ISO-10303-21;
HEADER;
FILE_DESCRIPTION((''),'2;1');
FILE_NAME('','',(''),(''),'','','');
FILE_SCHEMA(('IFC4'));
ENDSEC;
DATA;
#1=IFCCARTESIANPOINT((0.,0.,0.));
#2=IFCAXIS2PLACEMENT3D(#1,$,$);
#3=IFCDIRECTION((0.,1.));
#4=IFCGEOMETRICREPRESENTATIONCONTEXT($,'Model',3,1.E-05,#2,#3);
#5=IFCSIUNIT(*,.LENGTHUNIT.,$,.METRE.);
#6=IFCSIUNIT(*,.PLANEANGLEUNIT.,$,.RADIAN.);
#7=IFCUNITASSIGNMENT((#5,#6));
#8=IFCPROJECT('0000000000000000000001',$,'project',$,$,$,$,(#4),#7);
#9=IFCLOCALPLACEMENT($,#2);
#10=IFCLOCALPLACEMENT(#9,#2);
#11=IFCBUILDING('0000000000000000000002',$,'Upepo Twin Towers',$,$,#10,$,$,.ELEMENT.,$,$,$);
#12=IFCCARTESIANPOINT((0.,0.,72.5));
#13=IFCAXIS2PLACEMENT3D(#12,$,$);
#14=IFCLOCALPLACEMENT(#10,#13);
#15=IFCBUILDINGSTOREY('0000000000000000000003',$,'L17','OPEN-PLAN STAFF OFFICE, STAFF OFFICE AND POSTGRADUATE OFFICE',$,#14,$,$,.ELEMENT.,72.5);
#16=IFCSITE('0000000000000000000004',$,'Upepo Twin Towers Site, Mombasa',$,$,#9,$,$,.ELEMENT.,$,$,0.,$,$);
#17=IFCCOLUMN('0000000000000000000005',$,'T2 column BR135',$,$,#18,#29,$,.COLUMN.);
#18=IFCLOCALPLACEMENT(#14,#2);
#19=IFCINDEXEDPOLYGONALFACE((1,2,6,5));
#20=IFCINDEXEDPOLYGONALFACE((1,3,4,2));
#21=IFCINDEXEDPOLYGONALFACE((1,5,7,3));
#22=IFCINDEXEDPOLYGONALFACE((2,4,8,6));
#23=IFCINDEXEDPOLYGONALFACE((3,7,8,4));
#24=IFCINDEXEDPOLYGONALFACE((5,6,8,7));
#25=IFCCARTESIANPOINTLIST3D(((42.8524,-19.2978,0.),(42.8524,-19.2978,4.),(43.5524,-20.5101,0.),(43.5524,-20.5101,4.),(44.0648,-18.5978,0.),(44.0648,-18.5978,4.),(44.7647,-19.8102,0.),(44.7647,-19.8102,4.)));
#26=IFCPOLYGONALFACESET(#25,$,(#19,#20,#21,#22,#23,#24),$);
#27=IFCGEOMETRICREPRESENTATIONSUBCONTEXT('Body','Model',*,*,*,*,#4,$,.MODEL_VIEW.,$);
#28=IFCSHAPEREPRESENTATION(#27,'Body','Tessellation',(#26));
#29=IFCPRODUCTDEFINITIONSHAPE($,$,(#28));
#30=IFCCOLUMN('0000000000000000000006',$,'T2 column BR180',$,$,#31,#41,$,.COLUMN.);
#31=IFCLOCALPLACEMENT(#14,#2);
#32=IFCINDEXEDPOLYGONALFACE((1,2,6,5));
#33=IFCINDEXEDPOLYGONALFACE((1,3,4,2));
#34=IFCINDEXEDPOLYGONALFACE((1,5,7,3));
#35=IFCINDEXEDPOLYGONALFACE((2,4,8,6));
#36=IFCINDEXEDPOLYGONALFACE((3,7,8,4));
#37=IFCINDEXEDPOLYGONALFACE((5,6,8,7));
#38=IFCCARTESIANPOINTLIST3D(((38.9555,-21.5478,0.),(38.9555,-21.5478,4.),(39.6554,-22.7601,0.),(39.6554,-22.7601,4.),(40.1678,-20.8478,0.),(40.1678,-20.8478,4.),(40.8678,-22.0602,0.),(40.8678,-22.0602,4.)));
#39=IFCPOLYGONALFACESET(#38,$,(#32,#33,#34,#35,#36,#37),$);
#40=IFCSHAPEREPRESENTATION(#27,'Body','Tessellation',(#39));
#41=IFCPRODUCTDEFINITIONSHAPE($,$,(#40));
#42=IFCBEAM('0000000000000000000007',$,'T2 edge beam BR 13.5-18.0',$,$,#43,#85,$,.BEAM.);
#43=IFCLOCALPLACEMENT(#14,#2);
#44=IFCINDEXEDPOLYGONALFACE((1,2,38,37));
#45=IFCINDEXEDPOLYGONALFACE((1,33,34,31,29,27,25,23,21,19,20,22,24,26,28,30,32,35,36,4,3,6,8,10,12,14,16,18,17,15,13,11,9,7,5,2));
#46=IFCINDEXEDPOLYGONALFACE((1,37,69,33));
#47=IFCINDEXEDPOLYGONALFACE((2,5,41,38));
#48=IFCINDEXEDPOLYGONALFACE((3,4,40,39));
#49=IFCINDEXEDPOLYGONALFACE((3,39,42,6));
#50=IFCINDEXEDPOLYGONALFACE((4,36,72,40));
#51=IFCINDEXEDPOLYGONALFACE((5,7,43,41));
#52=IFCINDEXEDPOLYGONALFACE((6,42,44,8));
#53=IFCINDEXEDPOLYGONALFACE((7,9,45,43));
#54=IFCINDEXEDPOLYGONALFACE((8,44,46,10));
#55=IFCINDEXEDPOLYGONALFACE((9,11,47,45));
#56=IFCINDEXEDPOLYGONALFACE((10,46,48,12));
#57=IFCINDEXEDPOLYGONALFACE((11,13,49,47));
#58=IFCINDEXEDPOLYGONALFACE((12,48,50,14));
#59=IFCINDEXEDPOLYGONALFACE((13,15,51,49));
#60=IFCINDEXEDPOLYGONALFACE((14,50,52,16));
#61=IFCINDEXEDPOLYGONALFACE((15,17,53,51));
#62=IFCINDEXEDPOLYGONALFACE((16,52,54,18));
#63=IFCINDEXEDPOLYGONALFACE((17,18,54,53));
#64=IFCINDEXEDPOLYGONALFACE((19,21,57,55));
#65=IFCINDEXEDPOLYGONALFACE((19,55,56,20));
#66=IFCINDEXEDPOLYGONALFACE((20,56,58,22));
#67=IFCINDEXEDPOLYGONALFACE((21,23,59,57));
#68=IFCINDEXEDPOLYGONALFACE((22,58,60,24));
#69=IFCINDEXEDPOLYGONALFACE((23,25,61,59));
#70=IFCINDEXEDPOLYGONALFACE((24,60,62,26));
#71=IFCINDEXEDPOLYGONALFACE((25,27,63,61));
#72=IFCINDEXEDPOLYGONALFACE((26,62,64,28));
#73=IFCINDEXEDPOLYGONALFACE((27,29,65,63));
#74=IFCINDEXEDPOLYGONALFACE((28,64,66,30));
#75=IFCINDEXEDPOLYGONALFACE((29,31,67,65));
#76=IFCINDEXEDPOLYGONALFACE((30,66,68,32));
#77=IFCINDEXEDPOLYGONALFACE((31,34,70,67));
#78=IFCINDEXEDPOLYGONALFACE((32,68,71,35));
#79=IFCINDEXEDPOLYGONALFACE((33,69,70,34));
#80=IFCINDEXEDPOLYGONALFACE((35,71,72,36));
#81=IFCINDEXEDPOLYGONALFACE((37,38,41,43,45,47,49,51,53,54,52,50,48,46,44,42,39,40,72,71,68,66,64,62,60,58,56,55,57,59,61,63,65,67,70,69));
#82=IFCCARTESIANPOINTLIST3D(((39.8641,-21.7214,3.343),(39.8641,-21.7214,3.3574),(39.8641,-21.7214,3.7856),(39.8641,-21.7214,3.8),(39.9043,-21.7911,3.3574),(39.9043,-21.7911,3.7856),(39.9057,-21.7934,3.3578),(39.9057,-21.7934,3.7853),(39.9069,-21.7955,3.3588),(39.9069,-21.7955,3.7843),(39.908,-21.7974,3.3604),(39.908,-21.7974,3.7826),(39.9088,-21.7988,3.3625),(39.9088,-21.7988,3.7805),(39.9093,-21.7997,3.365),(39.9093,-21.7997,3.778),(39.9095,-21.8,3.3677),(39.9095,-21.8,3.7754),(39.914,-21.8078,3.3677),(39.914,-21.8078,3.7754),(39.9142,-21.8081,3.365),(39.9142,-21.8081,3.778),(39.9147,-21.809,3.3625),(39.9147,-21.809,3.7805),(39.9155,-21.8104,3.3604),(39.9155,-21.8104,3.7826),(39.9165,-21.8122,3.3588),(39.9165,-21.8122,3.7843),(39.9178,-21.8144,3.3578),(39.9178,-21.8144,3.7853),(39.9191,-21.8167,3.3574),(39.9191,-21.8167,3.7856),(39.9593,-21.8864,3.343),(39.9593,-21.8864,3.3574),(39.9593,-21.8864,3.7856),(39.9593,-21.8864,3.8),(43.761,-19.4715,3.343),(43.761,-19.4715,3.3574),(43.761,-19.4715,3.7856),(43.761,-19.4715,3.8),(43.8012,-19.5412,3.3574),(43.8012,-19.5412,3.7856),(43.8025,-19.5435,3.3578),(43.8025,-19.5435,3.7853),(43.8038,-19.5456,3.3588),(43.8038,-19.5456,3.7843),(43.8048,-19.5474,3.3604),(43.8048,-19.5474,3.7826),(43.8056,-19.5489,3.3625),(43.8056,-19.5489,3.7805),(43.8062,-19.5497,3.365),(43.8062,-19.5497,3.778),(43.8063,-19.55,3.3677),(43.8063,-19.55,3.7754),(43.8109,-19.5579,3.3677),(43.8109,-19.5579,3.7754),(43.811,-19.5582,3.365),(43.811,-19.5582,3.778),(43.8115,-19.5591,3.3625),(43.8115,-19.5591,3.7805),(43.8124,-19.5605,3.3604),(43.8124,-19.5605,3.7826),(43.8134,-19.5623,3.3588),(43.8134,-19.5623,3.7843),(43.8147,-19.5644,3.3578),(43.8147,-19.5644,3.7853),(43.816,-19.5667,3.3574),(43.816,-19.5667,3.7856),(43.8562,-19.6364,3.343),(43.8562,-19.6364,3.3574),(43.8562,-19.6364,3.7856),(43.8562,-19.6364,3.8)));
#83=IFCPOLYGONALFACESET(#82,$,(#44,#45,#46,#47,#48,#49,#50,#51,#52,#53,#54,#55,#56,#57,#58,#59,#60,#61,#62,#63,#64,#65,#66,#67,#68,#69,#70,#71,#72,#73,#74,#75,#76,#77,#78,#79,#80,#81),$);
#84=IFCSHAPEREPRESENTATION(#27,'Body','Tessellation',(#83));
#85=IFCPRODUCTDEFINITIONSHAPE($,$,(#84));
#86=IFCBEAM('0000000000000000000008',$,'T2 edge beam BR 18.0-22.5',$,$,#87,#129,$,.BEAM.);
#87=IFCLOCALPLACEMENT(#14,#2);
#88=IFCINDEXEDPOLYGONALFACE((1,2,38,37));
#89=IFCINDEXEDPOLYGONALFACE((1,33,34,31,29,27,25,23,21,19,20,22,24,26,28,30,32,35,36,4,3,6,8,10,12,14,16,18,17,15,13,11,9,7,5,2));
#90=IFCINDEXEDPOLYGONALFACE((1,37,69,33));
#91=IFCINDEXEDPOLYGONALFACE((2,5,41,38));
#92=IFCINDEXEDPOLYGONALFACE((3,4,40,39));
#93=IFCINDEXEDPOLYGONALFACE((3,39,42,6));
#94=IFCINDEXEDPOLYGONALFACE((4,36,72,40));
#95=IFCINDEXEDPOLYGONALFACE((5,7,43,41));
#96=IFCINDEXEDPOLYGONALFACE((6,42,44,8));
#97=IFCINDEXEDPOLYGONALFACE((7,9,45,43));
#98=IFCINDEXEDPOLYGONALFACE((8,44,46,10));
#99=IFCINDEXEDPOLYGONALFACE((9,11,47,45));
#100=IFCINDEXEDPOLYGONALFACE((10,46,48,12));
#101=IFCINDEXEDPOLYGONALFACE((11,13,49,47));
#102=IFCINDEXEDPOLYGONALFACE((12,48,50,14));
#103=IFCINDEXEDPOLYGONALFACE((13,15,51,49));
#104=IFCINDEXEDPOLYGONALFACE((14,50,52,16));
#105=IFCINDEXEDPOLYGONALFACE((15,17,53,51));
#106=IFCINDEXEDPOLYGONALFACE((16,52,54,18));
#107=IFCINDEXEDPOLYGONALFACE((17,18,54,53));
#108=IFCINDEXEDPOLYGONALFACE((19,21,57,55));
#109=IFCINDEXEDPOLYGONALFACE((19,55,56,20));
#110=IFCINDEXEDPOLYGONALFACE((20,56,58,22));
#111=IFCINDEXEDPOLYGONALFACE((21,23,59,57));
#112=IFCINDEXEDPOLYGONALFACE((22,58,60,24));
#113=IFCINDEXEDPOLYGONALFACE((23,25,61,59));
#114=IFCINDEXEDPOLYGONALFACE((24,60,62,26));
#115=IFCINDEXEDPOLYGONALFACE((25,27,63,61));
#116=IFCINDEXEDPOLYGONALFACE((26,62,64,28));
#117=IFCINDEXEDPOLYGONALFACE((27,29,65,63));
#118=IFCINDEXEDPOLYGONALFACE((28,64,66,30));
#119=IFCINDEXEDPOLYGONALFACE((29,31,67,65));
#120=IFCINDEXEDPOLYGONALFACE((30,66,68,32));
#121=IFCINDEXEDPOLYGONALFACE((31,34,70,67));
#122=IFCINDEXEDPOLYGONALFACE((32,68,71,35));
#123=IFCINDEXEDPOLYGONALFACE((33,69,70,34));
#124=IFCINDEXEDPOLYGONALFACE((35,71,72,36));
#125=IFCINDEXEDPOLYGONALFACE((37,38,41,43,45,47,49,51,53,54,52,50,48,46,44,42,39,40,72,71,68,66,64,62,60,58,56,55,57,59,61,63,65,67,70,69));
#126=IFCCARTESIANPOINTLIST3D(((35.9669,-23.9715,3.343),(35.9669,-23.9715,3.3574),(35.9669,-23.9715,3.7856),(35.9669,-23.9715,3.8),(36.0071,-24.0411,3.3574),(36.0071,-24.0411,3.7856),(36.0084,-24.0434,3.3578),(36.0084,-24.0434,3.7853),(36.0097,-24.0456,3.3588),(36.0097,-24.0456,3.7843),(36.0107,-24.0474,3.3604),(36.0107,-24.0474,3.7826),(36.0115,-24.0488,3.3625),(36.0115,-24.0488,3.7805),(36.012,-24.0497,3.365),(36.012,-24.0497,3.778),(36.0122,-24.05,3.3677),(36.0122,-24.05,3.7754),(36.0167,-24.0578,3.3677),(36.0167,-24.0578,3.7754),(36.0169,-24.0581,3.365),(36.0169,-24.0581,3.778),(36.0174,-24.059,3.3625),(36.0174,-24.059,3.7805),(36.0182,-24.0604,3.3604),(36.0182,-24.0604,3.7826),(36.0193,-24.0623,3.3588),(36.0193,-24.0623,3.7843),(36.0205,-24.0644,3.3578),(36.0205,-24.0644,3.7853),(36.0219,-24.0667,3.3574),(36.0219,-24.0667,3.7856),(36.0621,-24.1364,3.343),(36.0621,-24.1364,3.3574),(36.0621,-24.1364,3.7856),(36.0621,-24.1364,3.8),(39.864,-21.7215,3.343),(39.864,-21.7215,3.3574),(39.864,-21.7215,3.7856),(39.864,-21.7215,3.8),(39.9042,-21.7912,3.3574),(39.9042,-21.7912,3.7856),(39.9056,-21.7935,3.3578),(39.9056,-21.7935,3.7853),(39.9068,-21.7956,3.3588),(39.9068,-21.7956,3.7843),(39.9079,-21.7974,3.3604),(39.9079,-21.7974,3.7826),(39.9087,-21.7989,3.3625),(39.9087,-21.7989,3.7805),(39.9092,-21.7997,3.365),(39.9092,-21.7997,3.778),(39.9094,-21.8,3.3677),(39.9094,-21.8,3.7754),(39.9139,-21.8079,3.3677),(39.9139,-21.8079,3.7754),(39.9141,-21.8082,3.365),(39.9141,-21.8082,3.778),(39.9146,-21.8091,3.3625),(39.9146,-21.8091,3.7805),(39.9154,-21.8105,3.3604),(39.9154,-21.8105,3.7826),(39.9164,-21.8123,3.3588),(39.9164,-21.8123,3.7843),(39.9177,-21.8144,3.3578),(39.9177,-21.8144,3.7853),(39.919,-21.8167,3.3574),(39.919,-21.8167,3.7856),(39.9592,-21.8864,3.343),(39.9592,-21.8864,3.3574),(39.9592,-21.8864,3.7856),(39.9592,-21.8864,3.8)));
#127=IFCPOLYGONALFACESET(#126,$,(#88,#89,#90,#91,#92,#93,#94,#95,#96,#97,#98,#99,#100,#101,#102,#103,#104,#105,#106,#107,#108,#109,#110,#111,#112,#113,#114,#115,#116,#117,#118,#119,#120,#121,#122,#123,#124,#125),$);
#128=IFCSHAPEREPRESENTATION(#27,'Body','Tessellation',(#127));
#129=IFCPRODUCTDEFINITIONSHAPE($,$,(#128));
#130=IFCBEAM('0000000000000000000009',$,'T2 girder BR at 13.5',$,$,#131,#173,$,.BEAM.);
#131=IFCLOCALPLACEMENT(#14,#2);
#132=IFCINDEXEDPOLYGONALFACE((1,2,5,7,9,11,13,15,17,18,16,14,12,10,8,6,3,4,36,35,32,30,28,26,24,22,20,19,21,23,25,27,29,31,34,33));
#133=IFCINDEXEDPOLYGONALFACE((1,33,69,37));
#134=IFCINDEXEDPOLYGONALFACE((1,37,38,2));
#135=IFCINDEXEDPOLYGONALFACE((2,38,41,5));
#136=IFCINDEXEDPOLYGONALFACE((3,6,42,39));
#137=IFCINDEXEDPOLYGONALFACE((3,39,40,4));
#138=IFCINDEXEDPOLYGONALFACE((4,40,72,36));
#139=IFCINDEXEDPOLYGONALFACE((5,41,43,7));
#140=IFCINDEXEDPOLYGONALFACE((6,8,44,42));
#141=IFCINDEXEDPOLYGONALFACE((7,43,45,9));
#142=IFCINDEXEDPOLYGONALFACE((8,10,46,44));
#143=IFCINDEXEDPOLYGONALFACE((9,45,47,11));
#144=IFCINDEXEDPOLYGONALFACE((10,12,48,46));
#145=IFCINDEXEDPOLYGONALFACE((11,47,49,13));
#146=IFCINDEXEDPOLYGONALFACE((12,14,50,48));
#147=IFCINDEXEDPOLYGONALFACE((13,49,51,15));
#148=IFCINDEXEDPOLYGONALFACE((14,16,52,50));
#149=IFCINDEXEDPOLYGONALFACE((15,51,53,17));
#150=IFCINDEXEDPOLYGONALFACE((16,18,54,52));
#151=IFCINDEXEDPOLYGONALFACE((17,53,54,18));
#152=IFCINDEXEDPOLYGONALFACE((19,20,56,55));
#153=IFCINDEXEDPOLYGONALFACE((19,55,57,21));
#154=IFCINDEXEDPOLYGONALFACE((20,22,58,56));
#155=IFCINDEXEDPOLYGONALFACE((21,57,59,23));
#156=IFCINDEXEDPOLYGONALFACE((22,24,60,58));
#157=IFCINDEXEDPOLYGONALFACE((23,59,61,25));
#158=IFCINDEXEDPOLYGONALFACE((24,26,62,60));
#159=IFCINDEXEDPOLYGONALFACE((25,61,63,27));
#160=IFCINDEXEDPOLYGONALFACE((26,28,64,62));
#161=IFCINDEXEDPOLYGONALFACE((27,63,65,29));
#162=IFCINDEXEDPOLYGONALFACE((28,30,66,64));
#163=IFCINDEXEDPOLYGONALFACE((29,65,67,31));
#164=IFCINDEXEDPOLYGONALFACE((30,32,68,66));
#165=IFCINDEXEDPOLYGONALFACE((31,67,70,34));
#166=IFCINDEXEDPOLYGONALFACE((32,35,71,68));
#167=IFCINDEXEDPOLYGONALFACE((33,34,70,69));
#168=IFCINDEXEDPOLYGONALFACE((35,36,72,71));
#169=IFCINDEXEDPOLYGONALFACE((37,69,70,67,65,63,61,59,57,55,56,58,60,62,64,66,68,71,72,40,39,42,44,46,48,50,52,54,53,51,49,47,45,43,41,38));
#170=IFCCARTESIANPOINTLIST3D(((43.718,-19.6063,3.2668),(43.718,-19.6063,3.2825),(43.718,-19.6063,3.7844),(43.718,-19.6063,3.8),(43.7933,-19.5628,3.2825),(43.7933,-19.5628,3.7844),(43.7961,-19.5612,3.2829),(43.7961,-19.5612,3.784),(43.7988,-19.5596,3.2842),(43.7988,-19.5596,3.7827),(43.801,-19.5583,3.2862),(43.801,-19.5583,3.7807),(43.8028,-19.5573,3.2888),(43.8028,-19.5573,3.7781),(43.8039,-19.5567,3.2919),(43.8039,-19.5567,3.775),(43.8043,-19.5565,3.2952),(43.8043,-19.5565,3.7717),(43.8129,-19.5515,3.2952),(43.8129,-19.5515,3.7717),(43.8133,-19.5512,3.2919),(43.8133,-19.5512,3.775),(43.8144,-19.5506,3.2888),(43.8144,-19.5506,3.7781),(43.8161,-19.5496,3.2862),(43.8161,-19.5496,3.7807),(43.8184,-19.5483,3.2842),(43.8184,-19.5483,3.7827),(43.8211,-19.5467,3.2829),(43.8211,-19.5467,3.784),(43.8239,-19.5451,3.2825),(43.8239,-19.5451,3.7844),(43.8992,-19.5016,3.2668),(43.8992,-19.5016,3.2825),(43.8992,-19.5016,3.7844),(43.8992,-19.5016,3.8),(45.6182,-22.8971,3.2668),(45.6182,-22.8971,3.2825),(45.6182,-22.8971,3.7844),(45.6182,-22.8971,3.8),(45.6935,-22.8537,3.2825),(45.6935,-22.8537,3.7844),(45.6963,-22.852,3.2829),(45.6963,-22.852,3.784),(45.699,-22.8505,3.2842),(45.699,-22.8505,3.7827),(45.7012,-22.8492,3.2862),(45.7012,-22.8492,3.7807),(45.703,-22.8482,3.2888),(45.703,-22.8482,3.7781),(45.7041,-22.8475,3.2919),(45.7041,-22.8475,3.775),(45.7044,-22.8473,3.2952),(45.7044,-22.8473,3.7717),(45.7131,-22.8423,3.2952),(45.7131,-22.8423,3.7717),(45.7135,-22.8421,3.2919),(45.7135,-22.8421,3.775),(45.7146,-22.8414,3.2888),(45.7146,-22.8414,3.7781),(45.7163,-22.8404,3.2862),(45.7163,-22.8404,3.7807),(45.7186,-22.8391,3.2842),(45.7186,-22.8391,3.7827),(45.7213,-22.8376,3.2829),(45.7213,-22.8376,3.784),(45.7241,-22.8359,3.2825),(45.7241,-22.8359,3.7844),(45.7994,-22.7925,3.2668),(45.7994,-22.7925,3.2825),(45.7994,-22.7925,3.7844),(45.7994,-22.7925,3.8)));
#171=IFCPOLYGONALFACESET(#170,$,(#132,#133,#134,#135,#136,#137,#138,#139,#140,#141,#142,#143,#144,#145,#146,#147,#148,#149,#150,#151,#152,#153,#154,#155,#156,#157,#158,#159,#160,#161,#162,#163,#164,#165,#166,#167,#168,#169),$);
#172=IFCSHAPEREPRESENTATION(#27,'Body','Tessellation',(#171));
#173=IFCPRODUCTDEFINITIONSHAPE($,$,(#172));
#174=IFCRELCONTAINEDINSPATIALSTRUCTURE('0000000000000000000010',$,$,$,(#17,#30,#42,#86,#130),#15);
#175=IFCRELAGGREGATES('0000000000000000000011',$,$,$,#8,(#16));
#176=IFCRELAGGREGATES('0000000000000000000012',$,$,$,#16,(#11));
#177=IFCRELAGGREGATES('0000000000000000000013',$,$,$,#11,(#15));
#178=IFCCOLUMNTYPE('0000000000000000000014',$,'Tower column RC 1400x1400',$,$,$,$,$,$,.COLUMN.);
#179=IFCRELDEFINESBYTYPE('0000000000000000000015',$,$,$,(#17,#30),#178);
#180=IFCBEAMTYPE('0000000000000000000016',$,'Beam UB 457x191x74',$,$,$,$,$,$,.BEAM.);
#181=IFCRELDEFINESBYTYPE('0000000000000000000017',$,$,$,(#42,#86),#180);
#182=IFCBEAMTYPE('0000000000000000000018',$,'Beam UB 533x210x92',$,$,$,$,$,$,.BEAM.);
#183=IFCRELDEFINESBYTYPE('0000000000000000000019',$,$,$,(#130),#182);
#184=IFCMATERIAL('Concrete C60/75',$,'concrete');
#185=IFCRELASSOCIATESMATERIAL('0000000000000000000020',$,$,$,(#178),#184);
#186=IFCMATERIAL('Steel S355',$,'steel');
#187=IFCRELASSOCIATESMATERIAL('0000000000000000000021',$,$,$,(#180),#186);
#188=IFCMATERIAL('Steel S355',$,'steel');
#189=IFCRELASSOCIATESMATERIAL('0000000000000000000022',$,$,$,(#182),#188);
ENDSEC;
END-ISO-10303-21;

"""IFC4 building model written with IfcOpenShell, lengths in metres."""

from ifc_helpers import new_model, si_unit, direction, frame, origin, origin_2d, place, context, subcontext, project, spatial, rectangle, i_section, extrude, material, material_profile, profile_set, type_object, element, save


model = new_model("IFC4")

# Units and contexts
model_context = context("Model", 3, precision=1e-05, world=origin(), true_north=direction((0.0, 1.0)))
body_context = subcontext(model_context, "Body", "Model", "MODEL_VIEW")
ifc_project = project(units=[si_unit("LENGTHUNIT", "METRE"), si_unit("PLANEANGLEUNIT", "RADIAN")], contexts=[model_context])

# Site, building, storey
site_placement = place(None, origin())
site = spatial("IfcSite", under=ifc_project, at=site_placement, Name="Upepo Twin Towers Site, Mombasa", CompositionType="ELEMENT", RefElevation=0.0)
building_placement = place(site_placement, origin())
building = spatial("IfcBuilding", under=site, at=building_placement, Name="Upepo Twin Towers", CompositionType="ELEMENT")
storey_placement = place(building_placement, frame((0.0, 0.0, 72.5)))
storey = spatial("IfcBuildingStorey", under=building, at=storey_placement, Name="L17", Description="OPEN-PLAN STAFF OFFICE, STAFF OFFICE AND POSTGRADUATE OFFICE", CompositionType="ELEMENT", Elevation=72.5)

# Columns
ifc_material_1 = material(Name="Concrete C60/75", Category="concrete")
ifc_material_profile_1 = material_profile(ifc_material_1, rectangle(XDim=1.3999, YDim=1.3999, at=origin_2d()), Name="RC 1400x1400")
ifc_profile_set_1 = profile_set([ifc_material_profile_1], Name="Concrete C60/75")
column_type = type_object("IfcColumnType", Name="Tower column RC 1400x1400", PredefinedType="COLUMN", material=ifc_profile_set_1)
for number, where, z_axis, x_axis, name in (
    (1, (43.8086, -19.554, 0.0), (0.0, 0.0, 1.0), (0.866025, 0.5, 0.0), "T2 column BR135"),
    (2, (39.9116, -21.804, 0.0), (0.0, 0.0, 1.0), (0.866025, 0.5, 0.0), "T2 column BR180"),
):
    element("IfcColumn", number, at=place(storey_placement, frame(where, z_axis=z_axis, x_axis=x_axis)), inside=storey, type_object=column_type, Name=name, PredefinedType="COLUMN", context=body_context, shape_type="SweptSolid", body=[
        extrude(rectangle(XDim=1.3999, YDim=1.3999, at=origin_2d()), origin(), (0.0, 0.0, 1.0), 4.0),
    ])

# Beams
ifc_material_2 = material(Name="Steel S355", Category="steel")
ifc_material_profile_2 = material_profile(ifc_material_2, i_section(OverallWidth=0.1904, OverallDepth=0.457, WebThickness=0.009, FlangeThickness=0.0144, FilletRadius=0.0103, at=origin_2d()), Name="UB 457x191x74")
ifc_profile_set_2 = profile_set([ifc_material_profile_2], Name="Steel S355")
beam_type_1 = type_object("IfcBeamType", Name="Beam UB 457x191x74", PredefinedType="BEAM", material=ifc_profile_set_2)
beam_1_placement = place(storey_placement, frame((43.8086, -19.554, 3.5715), z_axis=(-0.866018, -0.500014, 0.0), x_axis=(0.500014, -0.866018, 0.0)))
element("IfcBeam", 3, at=beam_1_placement, inside=storey, type_object=beam_type_1, Name="T2 edge beam BR 13.5-18.0", PredefinedType="BEAM", context=body_context, shape_type="SweptSolid", body=[
    extrude(i_section(OverallWidth=0.1904, OverallDepth=0.457, WebThickness=0.009, FlangeThickness=0.0144, FilletRadius=0.0103, at=origin_2d()), origin(), (0.0, 0.0, 1.0), 4.4998),
])
beam_2_placement = place(storey_placement, frame((39.9116, -21.804, 3.5715), z_axis=(-0.866031, -0.49999, 0.0), x_axis=(0.49999, -0.866031, 0.0)))
element("IfcBeam", 4, at=beam_2_placement, inside=storey, type_object=beam_type_1, Name="T2 edge beam BR 18.0-22.5", PredefinedType="BEAM", context=body_context, shape_type="SweptSolid", body=[
    extrude(i_section(OverallWidth=0.1904, OverallDepth=0.457, WebThickness=0.009, FlangeThickness=0.0144, FilletRadius=0.0103, at=origin_2d()), origin(), (0.0, 0.0, 1.0), 4.5),
])
ifc_material_3 = material(Name="Steel S355", Category="steel")
ifc_material_profile_3 = material_profile(ifc_material_3, i_section(OverallWidth=0.2092, OverallDepth=0.5332, WebThickness=0.01, FlangeThickness=0.0156, FilletRadius=0.0127, at=origin_2d()), Name="UB 533x210x92")
ifc_profile_set_3 = profile_set([ifc_material_profile_3], Name="Steel S355")
beam_type_2 = type_object("IfcBeamType", Name="Beam UB 533x210x92", PredefinedType="BEAM", material=ifc_profile_set_3)
beam_3_placement = place(storey_placement, frame((43.8086, -19.554, 3.5334), z_axis=(0.500043, -0.866, 0.0), x_axis=(0.866, 0.500043, 0.0)))
element("IfcBeam", 5, at=beam_3_placement, inside=storey, type_object=beam_type_2, Name="T2 girder BR at 13.5", PredefinedType="BEAM", context=body_context, shape_type="SweptSolid", body=[
    extrude(i_section(OverallWidth=0.2092, OverallDepth=0.5332, WebThickness=0.01, FlangeThickness=0.0156, FilletRadius=0.0127, at=origin_2d()), origin(), (0.0, 0.0, 1.0), 3.8),
])

save(model, "model.ifc")
